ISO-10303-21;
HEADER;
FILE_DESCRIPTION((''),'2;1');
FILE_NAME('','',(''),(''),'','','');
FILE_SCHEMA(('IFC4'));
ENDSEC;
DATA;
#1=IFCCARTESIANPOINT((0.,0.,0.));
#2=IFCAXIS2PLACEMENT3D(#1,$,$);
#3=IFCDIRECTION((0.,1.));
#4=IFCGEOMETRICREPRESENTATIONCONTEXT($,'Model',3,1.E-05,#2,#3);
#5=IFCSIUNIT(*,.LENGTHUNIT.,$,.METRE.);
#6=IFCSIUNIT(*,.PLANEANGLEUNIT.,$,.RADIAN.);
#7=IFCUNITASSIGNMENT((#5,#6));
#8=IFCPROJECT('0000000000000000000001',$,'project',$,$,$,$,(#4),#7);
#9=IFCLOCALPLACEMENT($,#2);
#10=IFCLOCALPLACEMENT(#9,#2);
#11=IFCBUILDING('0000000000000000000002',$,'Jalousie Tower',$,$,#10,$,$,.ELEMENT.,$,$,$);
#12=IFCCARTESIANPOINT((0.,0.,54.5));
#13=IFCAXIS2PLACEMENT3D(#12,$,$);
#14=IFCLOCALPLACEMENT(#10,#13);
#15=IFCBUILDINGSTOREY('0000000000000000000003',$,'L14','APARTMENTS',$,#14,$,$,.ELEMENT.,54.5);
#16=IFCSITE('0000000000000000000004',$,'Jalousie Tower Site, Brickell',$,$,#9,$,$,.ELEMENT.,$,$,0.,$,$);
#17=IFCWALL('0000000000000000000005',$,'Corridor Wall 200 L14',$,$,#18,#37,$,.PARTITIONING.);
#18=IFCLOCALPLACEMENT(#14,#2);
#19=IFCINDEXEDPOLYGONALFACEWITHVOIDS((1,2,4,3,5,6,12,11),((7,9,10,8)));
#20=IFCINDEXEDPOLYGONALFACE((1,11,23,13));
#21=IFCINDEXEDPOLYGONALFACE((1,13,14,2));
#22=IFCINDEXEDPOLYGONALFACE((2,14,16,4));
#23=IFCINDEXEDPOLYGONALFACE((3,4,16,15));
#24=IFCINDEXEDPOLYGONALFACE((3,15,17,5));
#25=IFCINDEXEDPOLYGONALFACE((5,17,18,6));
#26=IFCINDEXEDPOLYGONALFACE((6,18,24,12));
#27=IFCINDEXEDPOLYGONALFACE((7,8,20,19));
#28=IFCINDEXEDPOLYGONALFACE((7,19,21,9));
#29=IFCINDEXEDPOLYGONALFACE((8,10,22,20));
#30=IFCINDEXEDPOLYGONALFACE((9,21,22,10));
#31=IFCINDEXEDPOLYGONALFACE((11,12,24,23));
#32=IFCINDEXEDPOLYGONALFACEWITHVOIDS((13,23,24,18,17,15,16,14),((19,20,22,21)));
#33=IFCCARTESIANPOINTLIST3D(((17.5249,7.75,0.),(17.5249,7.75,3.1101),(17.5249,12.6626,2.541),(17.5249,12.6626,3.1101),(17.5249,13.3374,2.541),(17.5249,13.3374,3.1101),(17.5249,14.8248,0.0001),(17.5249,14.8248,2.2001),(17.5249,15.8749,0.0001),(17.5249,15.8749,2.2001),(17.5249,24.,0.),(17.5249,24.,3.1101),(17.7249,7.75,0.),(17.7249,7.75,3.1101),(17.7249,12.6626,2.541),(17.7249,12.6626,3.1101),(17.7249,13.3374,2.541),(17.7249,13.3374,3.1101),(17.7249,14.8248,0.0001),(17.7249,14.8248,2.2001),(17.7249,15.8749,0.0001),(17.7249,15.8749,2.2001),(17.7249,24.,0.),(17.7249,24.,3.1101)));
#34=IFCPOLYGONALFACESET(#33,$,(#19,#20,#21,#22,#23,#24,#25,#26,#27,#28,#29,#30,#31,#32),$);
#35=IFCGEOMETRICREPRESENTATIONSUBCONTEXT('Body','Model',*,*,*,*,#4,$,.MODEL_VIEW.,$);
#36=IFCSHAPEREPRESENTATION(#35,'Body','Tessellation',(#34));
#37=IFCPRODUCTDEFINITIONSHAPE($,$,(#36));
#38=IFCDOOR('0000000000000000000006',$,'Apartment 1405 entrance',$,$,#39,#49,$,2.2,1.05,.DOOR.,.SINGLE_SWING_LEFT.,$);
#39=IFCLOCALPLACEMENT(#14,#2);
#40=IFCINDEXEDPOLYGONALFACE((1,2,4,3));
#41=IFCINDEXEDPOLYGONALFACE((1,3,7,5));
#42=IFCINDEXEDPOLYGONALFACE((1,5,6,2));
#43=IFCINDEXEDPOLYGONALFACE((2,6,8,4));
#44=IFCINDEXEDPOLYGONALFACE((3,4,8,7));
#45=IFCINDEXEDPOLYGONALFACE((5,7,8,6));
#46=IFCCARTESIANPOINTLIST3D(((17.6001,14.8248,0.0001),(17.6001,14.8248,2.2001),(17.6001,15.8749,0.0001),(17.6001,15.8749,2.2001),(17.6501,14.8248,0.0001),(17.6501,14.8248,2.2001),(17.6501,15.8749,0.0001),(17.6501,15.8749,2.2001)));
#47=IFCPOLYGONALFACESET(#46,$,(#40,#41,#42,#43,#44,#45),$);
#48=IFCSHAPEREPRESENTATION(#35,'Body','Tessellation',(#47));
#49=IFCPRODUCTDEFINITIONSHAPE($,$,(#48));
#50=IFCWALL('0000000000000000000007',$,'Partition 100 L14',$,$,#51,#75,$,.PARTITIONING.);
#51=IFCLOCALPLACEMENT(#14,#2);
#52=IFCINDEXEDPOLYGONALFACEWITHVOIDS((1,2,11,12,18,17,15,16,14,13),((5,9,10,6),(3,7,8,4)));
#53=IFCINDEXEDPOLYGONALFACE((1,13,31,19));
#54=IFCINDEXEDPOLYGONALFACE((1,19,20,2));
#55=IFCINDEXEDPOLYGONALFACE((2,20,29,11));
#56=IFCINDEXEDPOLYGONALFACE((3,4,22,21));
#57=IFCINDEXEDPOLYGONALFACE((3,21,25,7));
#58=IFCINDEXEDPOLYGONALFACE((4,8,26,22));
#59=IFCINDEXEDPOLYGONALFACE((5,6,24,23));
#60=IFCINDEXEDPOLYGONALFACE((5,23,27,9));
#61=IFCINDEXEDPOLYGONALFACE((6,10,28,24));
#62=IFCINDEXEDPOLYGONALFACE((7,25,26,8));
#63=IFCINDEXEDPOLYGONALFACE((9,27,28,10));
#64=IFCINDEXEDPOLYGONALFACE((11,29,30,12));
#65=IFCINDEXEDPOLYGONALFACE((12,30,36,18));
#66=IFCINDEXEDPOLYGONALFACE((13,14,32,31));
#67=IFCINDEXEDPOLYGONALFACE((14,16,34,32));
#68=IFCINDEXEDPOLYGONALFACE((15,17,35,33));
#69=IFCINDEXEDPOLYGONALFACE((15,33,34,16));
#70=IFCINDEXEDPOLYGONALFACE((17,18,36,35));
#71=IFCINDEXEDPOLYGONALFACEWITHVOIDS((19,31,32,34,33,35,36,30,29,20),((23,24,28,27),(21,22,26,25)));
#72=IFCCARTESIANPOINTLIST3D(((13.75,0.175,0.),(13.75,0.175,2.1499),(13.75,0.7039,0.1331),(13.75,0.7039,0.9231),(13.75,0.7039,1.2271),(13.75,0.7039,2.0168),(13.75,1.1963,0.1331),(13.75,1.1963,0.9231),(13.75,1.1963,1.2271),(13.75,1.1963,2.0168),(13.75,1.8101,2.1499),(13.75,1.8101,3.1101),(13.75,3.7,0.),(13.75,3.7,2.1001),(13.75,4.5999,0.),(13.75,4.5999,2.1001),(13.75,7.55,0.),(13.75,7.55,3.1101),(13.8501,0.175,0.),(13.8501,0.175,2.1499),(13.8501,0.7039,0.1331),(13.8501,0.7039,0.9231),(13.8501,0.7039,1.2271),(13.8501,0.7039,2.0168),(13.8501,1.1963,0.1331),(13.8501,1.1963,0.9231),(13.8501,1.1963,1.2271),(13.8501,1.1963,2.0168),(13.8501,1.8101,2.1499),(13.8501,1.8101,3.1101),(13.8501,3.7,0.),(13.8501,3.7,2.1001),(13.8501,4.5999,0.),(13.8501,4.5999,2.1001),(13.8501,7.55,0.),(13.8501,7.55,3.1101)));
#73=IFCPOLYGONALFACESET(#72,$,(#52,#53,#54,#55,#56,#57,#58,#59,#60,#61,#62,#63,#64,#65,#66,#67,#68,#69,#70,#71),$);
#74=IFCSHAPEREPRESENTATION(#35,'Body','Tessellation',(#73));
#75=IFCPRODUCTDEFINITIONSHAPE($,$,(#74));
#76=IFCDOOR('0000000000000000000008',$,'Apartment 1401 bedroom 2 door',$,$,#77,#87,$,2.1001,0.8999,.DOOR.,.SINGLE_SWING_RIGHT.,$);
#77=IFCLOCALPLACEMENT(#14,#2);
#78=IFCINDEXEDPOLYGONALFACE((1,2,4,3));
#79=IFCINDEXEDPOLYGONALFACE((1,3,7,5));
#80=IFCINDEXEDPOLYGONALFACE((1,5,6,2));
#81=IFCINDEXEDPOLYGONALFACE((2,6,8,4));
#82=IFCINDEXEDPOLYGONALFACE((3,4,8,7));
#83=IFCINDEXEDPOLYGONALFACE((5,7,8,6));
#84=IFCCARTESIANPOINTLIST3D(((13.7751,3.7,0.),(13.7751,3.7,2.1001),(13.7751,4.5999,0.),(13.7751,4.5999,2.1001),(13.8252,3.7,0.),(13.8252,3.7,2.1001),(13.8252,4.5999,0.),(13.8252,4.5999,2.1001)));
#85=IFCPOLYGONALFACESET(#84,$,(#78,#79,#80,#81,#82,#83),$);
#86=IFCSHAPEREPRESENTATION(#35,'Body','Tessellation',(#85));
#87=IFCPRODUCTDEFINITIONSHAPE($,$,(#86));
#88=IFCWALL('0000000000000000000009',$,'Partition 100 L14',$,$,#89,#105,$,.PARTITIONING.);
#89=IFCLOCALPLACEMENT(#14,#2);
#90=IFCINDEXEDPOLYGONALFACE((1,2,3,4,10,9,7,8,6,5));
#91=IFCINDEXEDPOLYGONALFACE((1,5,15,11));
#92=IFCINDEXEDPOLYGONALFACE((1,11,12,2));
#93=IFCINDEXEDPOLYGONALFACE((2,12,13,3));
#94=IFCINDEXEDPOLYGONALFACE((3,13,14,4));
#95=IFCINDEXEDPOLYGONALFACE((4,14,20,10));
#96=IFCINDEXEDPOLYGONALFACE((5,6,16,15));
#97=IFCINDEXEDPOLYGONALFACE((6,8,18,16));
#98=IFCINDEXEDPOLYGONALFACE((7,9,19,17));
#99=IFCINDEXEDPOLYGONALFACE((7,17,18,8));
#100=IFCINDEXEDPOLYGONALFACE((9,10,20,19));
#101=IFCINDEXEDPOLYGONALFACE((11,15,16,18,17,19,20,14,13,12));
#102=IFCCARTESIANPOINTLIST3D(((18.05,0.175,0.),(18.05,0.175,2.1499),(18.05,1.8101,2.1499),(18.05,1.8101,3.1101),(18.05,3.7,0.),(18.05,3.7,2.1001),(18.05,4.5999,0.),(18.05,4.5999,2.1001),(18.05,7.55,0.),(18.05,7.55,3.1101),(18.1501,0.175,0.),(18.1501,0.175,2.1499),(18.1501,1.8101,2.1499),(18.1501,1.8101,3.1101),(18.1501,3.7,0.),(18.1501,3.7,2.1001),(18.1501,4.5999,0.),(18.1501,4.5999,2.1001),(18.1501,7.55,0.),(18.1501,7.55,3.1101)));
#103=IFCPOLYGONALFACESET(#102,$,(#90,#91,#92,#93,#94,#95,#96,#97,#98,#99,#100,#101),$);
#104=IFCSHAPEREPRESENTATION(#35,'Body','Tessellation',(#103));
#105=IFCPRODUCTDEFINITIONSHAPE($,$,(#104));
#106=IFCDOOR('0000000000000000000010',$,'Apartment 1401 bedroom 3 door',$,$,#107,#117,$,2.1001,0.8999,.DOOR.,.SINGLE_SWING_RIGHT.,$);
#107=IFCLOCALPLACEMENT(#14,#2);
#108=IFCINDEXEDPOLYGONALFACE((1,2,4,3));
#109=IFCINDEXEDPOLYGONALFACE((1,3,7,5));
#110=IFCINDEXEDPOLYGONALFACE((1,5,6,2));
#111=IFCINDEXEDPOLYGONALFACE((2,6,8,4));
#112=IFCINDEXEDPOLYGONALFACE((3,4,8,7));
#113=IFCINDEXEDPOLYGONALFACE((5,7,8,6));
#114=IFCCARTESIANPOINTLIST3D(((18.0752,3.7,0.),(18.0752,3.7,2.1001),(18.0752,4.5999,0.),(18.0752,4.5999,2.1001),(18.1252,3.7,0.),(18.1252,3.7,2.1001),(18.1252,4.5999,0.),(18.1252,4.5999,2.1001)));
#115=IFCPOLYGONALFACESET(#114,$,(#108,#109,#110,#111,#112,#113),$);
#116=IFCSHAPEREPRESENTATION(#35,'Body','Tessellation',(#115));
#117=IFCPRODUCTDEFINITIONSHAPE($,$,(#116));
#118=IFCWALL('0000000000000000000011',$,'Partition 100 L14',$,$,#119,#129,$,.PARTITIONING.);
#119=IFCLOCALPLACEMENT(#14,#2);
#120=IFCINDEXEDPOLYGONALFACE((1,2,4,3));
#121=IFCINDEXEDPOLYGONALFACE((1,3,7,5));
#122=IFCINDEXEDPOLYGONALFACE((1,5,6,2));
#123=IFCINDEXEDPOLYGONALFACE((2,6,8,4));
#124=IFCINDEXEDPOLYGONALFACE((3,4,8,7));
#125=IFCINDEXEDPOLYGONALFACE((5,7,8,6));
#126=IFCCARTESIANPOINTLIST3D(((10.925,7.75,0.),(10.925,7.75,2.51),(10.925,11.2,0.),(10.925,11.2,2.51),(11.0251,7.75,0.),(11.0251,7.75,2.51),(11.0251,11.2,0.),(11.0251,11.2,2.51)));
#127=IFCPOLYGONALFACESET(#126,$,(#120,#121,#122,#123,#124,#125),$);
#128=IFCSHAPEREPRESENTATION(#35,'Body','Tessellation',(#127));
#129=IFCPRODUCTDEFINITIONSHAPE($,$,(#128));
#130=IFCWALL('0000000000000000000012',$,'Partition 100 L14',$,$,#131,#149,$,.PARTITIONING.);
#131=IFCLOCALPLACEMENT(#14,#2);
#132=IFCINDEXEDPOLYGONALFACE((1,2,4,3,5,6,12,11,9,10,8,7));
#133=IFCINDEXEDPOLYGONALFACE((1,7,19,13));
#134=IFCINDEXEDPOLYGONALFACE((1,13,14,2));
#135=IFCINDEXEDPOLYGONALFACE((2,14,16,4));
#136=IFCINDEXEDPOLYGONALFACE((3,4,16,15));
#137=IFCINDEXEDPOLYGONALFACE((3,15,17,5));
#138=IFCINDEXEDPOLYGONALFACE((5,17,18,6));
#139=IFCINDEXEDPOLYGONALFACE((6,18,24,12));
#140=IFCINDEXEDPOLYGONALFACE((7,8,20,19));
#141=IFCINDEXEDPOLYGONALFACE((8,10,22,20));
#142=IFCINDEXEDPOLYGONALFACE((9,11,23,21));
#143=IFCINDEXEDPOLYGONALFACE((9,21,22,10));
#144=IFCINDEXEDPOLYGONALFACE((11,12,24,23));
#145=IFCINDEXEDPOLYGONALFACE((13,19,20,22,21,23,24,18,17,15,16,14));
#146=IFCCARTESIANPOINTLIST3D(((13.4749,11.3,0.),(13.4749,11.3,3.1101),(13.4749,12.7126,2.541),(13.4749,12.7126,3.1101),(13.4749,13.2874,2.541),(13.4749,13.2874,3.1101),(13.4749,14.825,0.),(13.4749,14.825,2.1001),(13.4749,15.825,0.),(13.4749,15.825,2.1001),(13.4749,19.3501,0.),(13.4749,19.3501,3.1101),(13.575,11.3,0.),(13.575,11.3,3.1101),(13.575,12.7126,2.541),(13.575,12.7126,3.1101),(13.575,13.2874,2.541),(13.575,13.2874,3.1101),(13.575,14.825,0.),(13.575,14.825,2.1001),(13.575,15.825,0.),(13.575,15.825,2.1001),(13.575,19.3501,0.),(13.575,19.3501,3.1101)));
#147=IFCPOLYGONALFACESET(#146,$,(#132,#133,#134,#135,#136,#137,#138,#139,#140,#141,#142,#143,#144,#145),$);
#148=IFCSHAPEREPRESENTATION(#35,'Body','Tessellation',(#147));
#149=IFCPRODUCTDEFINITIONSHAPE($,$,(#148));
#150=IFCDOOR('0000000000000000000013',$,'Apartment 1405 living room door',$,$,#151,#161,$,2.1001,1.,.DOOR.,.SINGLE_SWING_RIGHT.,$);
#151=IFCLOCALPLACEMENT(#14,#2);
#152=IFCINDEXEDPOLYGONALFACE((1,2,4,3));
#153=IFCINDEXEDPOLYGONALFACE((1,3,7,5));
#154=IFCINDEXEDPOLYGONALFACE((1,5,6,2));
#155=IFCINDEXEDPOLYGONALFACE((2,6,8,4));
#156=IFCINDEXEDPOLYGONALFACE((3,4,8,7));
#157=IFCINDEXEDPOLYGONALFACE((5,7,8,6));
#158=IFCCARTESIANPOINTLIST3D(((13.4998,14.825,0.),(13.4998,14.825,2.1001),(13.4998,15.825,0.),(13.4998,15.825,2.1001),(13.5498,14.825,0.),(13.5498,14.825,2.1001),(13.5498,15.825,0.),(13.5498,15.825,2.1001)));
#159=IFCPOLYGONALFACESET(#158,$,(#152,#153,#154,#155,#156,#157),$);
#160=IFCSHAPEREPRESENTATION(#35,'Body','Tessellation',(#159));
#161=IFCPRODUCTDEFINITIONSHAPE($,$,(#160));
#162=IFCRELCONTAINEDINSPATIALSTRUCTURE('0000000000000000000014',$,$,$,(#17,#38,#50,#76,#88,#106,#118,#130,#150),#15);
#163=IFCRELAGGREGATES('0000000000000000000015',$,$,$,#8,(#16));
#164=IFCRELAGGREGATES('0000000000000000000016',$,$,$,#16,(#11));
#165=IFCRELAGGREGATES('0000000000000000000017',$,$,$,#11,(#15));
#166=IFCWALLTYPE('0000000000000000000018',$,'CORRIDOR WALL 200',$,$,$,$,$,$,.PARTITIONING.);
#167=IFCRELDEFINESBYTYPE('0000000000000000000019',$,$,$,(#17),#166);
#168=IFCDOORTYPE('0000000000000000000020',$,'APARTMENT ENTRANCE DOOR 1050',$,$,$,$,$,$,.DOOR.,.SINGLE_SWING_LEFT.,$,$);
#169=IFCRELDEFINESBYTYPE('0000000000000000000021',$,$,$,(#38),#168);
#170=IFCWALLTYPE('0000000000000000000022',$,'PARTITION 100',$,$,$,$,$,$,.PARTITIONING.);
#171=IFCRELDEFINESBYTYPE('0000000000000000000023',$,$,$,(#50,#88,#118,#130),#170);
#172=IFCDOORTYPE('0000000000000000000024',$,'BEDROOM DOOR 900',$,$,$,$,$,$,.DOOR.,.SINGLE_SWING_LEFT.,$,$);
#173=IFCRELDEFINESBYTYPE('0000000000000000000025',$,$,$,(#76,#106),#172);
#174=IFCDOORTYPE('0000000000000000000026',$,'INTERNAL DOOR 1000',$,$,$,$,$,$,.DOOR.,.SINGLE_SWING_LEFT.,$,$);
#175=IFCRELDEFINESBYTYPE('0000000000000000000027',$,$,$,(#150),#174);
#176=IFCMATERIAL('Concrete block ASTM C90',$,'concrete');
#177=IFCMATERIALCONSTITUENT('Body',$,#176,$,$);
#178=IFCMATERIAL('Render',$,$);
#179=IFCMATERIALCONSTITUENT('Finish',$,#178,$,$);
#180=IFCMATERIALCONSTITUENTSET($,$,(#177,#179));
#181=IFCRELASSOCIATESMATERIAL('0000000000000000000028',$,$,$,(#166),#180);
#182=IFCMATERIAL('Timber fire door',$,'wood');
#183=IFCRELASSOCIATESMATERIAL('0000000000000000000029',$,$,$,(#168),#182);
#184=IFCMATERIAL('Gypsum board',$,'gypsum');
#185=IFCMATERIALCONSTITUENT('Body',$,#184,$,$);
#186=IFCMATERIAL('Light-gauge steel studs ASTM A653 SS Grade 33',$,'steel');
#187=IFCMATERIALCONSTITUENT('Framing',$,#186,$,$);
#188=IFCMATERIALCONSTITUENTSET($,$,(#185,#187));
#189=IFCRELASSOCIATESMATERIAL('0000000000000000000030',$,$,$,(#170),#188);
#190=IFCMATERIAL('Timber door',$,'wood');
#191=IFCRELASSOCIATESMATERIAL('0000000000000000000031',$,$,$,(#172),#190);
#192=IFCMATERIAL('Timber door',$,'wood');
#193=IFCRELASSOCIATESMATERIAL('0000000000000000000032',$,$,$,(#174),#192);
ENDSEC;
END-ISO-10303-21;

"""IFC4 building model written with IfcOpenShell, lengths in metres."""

from ifc_helpers import new_model, si_unit, direction, frame, frame_2d, origin, place, context, subcontext, project, spatial, polyline, rectangle, outline, extrude, material, constituent, constituent_set, type_object, element, fill, save


model = new_model("IFC4")

# Units and contexts
model_context = context("Model", 3, precision=1e-05, world=origin(), true_north=direction((0.0, 1.0)))
body_context = subcontext(model_context, "Body", "Model", "MODEL_VIEW")
ifc_project = project(units=[si_unit("LENGTHUNIT", "METRE"), si_unit("PLANEANGLEUNIT", "RADIAN")], contexts=[model_context])

# Site, building, storey
site_placement = place(None, origin())
site = spatial("IfcSite", under=ifc_project, at=site_placement, Name="Jalousie Tower Site, Brickell", CompositionType="ELEMENT", RefElevation=0.0)
building_placement = place(site_placement, origin())
building = spatial("IfcBuilding", under=site, at=building_placement, Name="Jalousie Tower", CompositionType="ELEMENT")
storey_placement = place(building_placement, frame((0.0, 0.0, 54.5)))
storey = spatial("IfcBuildingStorey", under=building, at=storey_placement, Name="L14", Description="APARTMENTS", CompositionType="ELEMENT", Elevation=54.5)

# Shared definitions
ifc_material_1 = material(Name="Concrete block ASTM C90", Category="concrete")
ifc_constituent_1 = constituent(ifc_material_1, Name="Body")
ifc_material_2 = material(Name="Render")
ifc_constituent_2 = constituent(ifc_material_2, Name="Finish")
ifc_constituent_set_1 = constituent_set(constituents=[ifc_constituent_1, ifc_constituent_2])
wall_type_1 = type_object("IfcWallType", Name="CORRIDOR WALL 200", PredefinedType="PARTITIONING", material=ifc_constituent_set_1)

# Walls, openings, doors
wall_1_placement = place(storey_placement, frame((17.625, 7.75, 0.0), z_axis=(0.0, 0.0, 1.0), x_axis=(0.0, 1.0, 0.0)))
wall_1 = element("IfcWall", 1, at=wall_1_placement, inside=storey, type_object=wall_type_1, Name="Corridor Wall 200 L14", PredefinedType="PARTITIONING", context=body_context, shape_type="SweptSolid", body=[
    extrude(outline(polyline([(0.0, 0.0), (16.25, 0.0), (16.25, 3.1101), (5.5874, 3.1101), (5.5874, 2.541), (4.9126, 2.541), (4.9126, 3.1101), (0.0, 3.1101), (0.0, 0.0)])), frame((0.0, 0.1001, 0.0), z_axis=(0.0, -1.0, 0.0), x_axis=(1.0, 0.0, 0.0)), (0.0, 0.0, 1.0), 0.2),
])
opening_1_placement = place(wall_1_placement, frame((7.075, 0.0, 0.0)))
opening_1 = element("IfcOpeningElement", 2, at=opening_1_placement, cuts=wall_1, PredefinedType="OPENING", context=body_context, shape_type="SweptSolid", body=[
    extrude(rectangle(XDim=1.05, YDim=2.2, at=frame_2d((0.5249, 1.1001))), frame((0.0, 0.1099, 0.0), z_axis=(0.0, -1.0, 0.0), x_axis=(1.0, 0.0, 0.0)), (0.0, 0.0, 1.0), 0.22),
])
ifc_material_3 = material(Name="Timber fire door", Category="wood")
door_type_1 = type_object("IfcDoorType", Name="APARTMENT ENTRANCE DOOR 1050", OperationType="SINGLE_SWING_LEFT", PredefinedType="DOOR", material=ifc_material_3)
door_1_placement = place(opening_1_placement, origin())
door_1 = element("IfcDoor", 3, at=door_1_placement, inside=storey, type_object=door_type_1, Name="Apartment 1405 entrance", OperationType="SINGLE_SWING_LEFT", OverallHeight=2.2, OverallWidth=1.05, PredefinedType="DOOR", context=body_context, shape_type="SweptSolid", body=[
    extrude(rectangle(XDim=1.05, YDim=2.2, at=frame_2d((0.5249, 1.1001))), frame((0.0, 0.0249, 0.0), z_axis=(0.0, -1.0, 0.0), x_axis=(1.0, 0.0, 0.0)), (0.0, 0.0, 1.0), 0.05),
])
fill(opening_1, door_1)
ifc_material_4 = material(Name="Gypsum board", Category="gypsum")
ifc_constituent_3 = constituent(ifc_material_4, Name="Body")
ifc_material_5 = material(Name="Light-gauge steel studs ASTM A653 SS Grade 33", Category="steel")
ifc_constituent_4 = constituent(ifc_material_5, Name="Framing")
ifc_constituent_set_2 = constituent_set(constituents=[ifc_constituent_3, ifc_constituent_4])
wall_type_2 = type_object("IfcWallType", Name="PARTITION 100", PredefinedType="PARTITIONING", material=ifc_constituent_set_2)
wall_2_placement = place(storey_placement, frame((13.8, 0.175, 0.0), z_axis=(0.0, 0.0, 1.0), x_axis=(0.0, 1.0, 0.0)))
wall_2 = element("IfcWall", 4, at=wall_2_placement, inside=storey, type_object=wall_type_2, Name="Partition 100 L14", PredefinedType="PARTITIONING", context=body_context, shape_type="SweptSolid", body=[
    extrude(outline(polyline([(1.635, 2.1499), (0.0, 2.1499), (0.0, 0.0), (7.375, 0.0), (7.375, 3.1101), (1.635, 3.1101), (1.635, 2.1499)]), holes=[polyline([(1.0212, 0.1331), (0.5288, 0.1331), (0.5288, 0.9231), (1.0212, 0.9231), (1.0212, 0.1331)]), polyline([(1.0212, 1.2271), (0.5288, 1.2271), (0.5288, 2.0168), (1.0212, 2.0168), (1.0212, 1.2271)])]), frame((0.0, 0.05, 0.0), z_axis=(0.0, -1.0, 0.0), x_axis=(1.0, 0.0, 0.0)), (0.0, 0.0, 1.0), 0.1001),
])
opening_2_placement = place(wall_2_placement, frame((3.5249, 0.0, 0.0)))
opening_2 = element("IfcOpeningElement", 5, at=opening_2_placement, cuts=wall_2, PredefinedType="OPENING", context=body_context, shape_type="SweptSolid", body=[
    extrude(rectangle(XDim=0.8999, YDim=2.1001, at=frame_2d((0.45, 1.05))), frame((0.0, 0.0601, 0.0), z_axis=(0.0, -1.0, 0.0), x_axis=(1.0, 0.0, 0.0)), (0.0, 0.0, 1.0), 0.1201),
])
ifc_material_6 = material(Name="Timber door", Category="wood")
door_type_2 = type_object("IfcDoorType", Name="BEDROOM DOOR 900", OperationType="SINGLE_SWING_LEFT", PredefinedType="DOOR", material=ifc_material_6)
door_2_placement = place(opening_2_placement, origin())
door_2 = element("IfcDoor", 6, at=door_2_placement, inside=storey, type_object=door_type_2, Name="Apartment 1401 bedroom 2 door", OperationType="SINGLE_SWING_RIGHT", OverallHeight=2.1001, OverallWidth=0.8999, PredefinedType="DOOR", context=body_context, shape_type="SweptSolid", body=[
    extrude(rectangle(XDim=0.8999, YDim=2.1001, at=frame_2d((0.45, 1.05))), frame((0.0, 0.0249, 0.0), z_axis=(0.0, -1.0, 0.0), x_axis=(1.0, 0.0, 0.0)), (0.0, 0.0, 1.0), 0.05),
])
fill(opening_2, door_2)
wall_3_placement = place(storey_placement, frame((18.1001, 0.175, 0.0), z_axis=(0.0, 0.0, 1.0), x_axis=(0.0, 1.0, 0.0)))
wall_3 = element("IfcWall", 7, at=wall_3_placement, inside=storey, type_object=wall_type_2, Name="Partition 100 L14", PredefinedType="PARTITIONING", context=body_context, shape_type="SweptSolid", body=[
    extrude(outline(polyline([(0.0, 0.0), (7.375, 0.0), (7.375, 3.1101), (1.635, 3.1101), (1.635, 2.1499), (0.0, 2.1499), (0.0, 3.1101), (0.0, 0.0)])), frame((0.0, 0.05, 0.0), z_axis=(0.0, -1.0, 0.0), x_axis=(1.0, 0.0, 0.0)), (0.0, 0.0, 1.0), 0.1001),
])
opening_3_placement = place(wall_3_placement, frame((3.5249, 0.0, 0.0)))
opening_3 = element("IfcOpeningElement", 8, at=opening_3_placement, cuts=wall_3, PredefinedType="OPENING", context=body_context, shape_type="SweptSolid", body=[
    extrude(rectangle(XDim=0.8999, YDim=2.1001, at=frame_2d((0.45, 1.05))), frame((0.0, 0.0601, 0.0), z_axis=(0.0, -1.0, 0.0), x_axis=(1.0, 0.0, 0.0)), (0.0, 0.0, 1.0), 0.1201),
])
door_3_placement = place(opening_3_placement, origin())
door_3 = element("IfcDoor", 9, at=door_3_placement, inside=storey, type_object=door_type_2, Name="Apartment 1401 bedroom 3 door", OperationType="SINGLE_SWING_RIGHT", OverallHeight=2.1001, OverallWidth=0.8999, PredefinedType="DOOR", context=body_context, shape_type="SweptSolid", body=[
    extrude(rectangle(XDim=0.8999, YDim=2.1001, at=frame_2d((0.45, 1.05))), frame((0.0, 0.0249, 0.0), z_axis=(0.0, -1.0, 0.0), x_axis=(1.0, 0.0, 0.0)), (0.0, 0.0, 1.0), 0.05),
])
fill(opening_3, door_3)

# Wall
wall_4_placement = place(storey_placement, frame((10.9751, 7.75, 0.0), z_axis=(0.0, 0.0, 1.0), x_axis=(0.0, 1.0, 0.0)))
element("IfcWall", 10, at=wall_4_placement, inside=storey, type_object=wall_type_2, Name="Partition 100 L14", PredefinedType="PARTITIONING", context=body_context, shape_type="SweptSolid", body=[
    extrude(outline(polyline([(0.0, 0.0), (3.45, 0.0), (3.45, 3.1101), (3.45, 2.51), (0.0, 2.51), (0.0, 3.1101), (0.0, 0.0)])), frame((0.0, 0.05, 0.0), z_axis=(0.0, -1.0, 0.0), x_axis=(1.0, 0.0, 0.0)), (0.0, 0.0, 1.0), 0.1001),
])

# Wall, opening, door
wall_5_placement = place(storey_placement, frame((13.5249, 11.3, 0.0), z_axis=(0.0, 0.0, 1.0), x_axis=(0.0, 1.0, 0.0)))
wall_5 = element("IfcWall", 11, at=wall_5_placement, inside=storey, type_object=wall_type_2, Name="Partition 100 L14", PredefinedType="PARTITIONING", context=body_context, shape_type="SweptSolid", body=[
    extrude(outline(polyline([(0.0, 0.0), (8.05, 0.0), (8.05, 3.1101), (1.9873, 3.1101), (1.9873, 2.541), (1.4126, 2.541), (1.4126, 3.1101), (0.0, 3.1101), (0.0, 0.0)])), frame((0.0, 0.05, 0.0), z_axis=(0.0, -1.0, 0.0), x_axis=(1.0, 0.0, 0.0)), (0.0, 0.0, 1.0), 0.1001),
])
opening_4_placement = place(wall_5_placement, frame((3.5249, 0.0, 0.0)))
opening_4 = element("IfcOpeningElement", 12, at=opening_4_placement, cuts=wall_5, PredefinedType="OPENING", context=body_context, shape_type="SweptSolid", body=[
    extrude(rectangle(XDim=1.0, YDim=2.1001, at=frame_2d((0.5, 1.05))), frame((0.0, 0.0601, 0.0), z_axis=(0.0, -1.0, 0.0), x_axis=(1.0, 0.0, 0.0)), (0.0, 0.0, 1.0), 0.1201),
])
ifc_material_7 = material(Name="Timber door", Category="wood")
door_type_3 = type_object("IfcDoorType", Name="INTERNAL DOOR 1000", OperationType="SINGLE_SWING_LEFT", PredefinedType="DOOR", material=ifc_material_7)
door_4_placement = place(opening_4_placement, frame((1.0, 0.0, 0.0), z_axis=(0.0, 0.0, 1.0), x_axis=(-1.0, 0.0, 0.0)))
door_4 = element("IfcDoor", 13, at=door_4_placement, inside=storey, type_object=door_type_3, Name="Apartment 1405 living room door", OperationType="SINGLE_SWING_RIGHT", OverallHeight=2.1001, OverallWidth=1.0, PredefinedType="DOOR", context=body_context, shape_type="SweptSolid", body=[
    extrude(rectangle(XDim=1.0, YDim=2.1001, at=frame_2d((0.5, 1.05))), frame((0.0, 0.0249, 0.0), z_axis=(0.0, -1.0, 0.0), x_axis=(1.0, 0.0, 0.0)), (0.0, 0.0, 1.0), 0.05),
])
fill(opening_4, door_4)

save(model, "model.ifc")
